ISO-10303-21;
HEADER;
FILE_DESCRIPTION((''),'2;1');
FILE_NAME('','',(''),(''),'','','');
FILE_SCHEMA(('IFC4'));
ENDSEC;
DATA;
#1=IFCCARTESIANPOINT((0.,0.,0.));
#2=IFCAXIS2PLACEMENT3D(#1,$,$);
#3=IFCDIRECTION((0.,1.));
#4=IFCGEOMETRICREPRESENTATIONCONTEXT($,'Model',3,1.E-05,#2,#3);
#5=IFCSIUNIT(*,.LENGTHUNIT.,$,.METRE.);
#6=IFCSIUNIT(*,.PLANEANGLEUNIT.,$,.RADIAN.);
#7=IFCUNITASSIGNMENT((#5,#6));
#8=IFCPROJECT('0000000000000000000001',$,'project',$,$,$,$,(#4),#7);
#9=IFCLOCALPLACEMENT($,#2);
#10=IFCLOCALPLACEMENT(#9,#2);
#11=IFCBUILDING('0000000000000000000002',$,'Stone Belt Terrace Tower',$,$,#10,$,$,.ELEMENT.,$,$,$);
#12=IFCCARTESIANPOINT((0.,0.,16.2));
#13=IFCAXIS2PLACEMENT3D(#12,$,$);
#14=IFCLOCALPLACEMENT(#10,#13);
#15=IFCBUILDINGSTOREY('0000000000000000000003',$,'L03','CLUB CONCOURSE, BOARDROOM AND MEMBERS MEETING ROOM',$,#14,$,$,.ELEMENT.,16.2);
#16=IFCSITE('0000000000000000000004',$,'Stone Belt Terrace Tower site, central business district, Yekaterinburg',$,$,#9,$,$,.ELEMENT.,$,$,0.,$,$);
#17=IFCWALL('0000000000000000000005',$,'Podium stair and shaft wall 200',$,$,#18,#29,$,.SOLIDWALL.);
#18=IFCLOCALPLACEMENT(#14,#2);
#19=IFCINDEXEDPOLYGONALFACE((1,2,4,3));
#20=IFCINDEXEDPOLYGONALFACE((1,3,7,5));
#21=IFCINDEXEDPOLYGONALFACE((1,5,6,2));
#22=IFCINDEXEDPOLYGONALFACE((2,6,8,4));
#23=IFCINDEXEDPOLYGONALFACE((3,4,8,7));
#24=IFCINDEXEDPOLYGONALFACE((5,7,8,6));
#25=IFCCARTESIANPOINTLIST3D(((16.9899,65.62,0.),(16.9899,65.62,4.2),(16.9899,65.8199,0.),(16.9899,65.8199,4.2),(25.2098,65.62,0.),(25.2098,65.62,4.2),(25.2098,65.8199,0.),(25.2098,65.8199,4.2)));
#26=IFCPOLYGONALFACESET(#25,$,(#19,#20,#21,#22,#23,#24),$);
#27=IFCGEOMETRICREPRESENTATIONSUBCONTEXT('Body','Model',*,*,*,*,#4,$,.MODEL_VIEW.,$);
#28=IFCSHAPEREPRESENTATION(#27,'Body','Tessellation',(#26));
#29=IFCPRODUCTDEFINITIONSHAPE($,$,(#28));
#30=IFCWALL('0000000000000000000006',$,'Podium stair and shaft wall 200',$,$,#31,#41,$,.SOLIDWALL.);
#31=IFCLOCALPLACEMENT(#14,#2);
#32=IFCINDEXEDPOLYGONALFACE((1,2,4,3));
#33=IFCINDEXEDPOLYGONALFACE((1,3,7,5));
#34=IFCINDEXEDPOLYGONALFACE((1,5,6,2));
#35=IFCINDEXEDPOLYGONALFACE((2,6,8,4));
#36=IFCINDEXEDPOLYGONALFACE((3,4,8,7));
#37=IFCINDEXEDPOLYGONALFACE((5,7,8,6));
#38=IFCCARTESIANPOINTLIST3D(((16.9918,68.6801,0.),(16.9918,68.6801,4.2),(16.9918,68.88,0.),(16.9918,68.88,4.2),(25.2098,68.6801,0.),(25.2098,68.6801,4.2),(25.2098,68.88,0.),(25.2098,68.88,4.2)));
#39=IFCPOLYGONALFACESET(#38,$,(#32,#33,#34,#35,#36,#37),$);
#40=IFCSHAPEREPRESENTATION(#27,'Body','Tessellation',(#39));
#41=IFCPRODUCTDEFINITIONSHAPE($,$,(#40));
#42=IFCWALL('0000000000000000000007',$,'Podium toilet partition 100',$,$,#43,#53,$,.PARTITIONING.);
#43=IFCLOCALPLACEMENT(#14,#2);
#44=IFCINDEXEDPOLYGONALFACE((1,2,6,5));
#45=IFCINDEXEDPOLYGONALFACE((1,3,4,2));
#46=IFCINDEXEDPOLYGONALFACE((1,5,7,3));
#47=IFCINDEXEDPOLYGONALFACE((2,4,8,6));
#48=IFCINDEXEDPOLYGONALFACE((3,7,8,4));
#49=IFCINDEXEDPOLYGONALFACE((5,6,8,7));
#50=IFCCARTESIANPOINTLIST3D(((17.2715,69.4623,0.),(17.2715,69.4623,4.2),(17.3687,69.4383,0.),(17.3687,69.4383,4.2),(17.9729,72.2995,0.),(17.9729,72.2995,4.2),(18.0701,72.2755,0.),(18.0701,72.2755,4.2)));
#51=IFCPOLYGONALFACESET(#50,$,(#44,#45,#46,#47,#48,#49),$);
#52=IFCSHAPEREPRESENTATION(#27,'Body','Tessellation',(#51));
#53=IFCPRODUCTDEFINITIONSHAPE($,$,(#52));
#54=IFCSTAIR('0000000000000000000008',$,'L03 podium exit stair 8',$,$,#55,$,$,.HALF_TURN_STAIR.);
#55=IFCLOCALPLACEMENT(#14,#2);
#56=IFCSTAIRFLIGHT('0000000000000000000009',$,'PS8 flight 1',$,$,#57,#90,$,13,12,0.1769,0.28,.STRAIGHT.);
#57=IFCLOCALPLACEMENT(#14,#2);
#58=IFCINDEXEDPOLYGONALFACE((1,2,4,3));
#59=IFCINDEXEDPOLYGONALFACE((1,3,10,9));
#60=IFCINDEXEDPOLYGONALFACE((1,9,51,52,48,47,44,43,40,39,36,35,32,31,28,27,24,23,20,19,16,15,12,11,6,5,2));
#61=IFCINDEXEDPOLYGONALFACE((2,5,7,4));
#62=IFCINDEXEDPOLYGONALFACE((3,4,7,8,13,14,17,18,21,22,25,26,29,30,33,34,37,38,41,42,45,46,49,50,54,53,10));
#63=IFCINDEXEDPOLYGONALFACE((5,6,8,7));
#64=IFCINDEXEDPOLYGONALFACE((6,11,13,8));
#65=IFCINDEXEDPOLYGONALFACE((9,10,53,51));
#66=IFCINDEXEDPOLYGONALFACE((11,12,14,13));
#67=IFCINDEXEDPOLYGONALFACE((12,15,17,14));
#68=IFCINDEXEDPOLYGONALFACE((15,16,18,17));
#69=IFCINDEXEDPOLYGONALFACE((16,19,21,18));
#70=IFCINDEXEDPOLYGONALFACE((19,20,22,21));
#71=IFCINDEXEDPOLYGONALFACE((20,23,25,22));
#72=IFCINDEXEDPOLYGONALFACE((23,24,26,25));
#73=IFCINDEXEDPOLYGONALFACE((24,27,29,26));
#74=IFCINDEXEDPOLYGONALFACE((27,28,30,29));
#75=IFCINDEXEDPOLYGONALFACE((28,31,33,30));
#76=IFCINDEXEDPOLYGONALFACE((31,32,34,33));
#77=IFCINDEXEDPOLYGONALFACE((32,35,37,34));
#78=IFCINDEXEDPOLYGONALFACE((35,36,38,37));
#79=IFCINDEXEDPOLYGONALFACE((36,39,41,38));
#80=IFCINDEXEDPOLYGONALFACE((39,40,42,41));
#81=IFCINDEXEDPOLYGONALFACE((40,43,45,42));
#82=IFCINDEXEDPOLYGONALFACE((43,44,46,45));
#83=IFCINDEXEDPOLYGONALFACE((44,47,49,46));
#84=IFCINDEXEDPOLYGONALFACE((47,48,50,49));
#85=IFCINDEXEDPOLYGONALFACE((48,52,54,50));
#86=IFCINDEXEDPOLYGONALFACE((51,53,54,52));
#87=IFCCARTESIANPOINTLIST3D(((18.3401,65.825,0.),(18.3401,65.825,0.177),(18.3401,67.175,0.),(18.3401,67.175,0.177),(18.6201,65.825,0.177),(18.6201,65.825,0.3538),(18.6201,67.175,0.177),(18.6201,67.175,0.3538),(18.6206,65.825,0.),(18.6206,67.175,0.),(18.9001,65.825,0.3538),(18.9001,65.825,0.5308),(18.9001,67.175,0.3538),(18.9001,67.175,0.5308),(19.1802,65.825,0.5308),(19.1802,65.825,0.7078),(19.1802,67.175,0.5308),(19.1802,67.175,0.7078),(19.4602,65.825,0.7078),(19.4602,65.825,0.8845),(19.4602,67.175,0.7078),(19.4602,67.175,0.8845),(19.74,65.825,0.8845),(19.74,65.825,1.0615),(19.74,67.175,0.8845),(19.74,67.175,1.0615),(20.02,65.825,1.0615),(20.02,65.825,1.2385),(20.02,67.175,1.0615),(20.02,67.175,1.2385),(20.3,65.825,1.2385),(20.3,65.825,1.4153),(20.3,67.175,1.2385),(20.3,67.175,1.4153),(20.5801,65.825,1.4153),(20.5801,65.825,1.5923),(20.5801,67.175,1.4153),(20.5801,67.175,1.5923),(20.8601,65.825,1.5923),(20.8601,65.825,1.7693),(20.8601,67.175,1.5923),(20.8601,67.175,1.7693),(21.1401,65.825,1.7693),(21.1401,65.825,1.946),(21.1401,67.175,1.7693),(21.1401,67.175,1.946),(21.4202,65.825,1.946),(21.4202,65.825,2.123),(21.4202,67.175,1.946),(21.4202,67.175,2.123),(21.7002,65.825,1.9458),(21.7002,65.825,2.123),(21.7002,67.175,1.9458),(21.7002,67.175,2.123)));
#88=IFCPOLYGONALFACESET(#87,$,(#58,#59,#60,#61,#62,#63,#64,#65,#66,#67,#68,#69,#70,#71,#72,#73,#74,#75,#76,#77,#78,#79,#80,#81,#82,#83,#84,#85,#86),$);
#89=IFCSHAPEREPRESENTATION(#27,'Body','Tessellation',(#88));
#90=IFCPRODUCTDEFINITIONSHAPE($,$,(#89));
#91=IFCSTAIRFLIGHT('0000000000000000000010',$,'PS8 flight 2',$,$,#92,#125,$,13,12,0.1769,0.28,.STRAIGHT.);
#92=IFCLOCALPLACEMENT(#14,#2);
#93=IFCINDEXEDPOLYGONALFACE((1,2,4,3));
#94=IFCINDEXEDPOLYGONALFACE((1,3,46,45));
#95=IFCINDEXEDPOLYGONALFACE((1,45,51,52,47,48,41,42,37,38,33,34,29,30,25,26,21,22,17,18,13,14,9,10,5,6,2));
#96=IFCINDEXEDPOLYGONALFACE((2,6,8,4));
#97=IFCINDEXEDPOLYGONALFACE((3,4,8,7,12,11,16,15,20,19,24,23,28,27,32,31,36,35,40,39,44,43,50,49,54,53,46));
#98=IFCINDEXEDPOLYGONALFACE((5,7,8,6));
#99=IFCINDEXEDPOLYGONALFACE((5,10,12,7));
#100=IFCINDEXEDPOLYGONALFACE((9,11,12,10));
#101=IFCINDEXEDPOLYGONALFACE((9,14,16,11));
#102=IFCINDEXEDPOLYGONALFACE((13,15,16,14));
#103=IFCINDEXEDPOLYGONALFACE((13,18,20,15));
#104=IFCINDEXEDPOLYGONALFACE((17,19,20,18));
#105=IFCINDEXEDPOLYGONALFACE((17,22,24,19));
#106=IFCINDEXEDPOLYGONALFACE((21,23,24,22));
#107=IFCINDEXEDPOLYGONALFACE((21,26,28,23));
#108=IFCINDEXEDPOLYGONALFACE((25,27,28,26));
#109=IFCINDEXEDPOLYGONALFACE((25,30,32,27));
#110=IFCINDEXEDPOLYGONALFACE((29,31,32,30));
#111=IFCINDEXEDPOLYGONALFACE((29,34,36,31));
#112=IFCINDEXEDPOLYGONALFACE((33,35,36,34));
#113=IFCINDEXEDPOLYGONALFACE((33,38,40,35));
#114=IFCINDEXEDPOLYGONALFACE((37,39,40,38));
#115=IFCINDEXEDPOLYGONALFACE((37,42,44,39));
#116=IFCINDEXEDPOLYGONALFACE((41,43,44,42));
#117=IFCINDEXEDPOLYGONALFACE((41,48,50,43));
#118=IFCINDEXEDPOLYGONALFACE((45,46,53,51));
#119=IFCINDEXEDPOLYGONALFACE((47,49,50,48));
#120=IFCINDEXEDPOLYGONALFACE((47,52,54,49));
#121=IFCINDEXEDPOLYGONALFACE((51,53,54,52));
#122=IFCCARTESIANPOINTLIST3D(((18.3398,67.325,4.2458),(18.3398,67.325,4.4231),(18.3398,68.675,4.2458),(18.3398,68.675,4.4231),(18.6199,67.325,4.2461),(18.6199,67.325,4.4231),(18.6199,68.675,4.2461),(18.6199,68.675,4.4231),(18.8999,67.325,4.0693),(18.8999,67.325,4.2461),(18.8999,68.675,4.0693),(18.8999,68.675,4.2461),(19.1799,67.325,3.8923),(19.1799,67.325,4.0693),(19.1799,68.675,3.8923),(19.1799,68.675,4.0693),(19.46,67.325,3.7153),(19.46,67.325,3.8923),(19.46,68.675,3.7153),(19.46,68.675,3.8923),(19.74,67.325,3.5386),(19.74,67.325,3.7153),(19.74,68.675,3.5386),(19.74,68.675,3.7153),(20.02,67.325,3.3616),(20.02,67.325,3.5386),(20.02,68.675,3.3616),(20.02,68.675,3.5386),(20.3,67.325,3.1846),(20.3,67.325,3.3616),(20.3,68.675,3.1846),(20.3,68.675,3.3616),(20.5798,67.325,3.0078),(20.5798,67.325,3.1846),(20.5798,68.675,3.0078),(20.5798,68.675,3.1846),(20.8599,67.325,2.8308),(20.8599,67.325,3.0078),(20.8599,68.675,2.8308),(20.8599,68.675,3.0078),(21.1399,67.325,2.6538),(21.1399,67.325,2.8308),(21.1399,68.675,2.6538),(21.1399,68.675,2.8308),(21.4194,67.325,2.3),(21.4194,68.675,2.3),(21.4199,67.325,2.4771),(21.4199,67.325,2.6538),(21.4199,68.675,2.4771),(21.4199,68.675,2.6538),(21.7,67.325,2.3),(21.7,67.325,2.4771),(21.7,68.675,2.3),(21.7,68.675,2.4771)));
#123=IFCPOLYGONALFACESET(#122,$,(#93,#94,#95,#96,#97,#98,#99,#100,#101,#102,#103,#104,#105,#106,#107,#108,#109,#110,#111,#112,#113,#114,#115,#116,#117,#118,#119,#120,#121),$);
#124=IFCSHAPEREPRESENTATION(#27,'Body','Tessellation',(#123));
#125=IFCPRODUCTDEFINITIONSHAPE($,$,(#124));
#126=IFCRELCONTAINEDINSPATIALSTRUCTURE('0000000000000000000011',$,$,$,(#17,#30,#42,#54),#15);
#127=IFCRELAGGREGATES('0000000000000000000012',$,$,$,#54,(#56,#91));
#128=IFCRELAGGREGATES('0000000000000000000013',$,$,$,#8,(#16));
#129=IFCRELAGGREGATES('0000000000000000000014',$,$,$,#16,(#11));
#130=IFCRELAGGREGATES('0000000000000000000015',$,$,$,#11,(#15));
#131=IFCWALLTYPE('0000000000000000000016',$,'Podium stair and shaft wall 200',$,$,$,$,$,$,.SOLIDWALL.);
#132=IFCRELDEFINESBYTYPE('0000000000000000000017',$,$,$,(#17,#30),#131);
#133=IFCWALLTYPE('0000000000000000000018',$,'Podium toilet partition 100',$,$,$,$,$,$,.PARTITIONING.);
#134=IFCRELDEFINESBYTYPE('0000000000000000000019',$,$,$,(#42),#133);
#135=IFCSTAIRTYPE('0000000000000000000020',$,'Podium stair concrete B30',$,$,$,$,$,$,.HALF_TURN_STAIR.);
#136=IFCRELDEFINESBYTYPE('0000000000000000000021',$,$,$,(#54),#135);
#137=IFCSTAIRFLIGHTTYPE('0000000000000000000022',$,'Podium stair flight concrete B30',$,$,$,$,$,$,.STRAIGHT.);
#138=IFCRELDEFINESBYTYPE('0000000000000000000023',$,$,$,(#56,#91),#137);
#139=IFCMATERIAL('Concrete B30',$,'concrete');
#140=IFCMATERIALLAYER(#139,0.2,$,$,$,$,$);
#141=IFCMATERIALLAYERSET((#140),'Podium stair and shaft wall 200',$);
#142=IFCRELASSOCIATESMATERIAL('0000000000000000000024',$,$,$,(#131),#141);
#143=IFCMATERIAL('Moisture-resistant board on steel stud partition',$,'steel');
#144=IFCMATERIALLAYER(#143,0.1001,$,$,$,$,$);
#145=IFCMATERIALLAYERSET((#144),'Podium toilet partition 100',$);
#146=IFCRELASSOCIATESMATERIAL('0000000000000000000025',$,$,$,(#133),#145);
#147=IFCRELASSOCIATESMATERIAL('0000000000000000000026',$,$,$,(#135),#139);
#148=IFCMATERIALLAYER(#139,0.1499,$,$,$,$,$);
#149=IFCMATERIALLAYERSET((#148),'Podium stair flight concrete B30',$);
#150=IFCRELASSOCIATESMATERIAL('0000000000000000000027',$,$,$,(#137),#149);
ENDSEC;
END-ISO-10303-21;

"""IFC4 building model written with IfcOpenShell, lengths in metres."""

from ifc_helpers import new_model, si_unit, direction, frame, frame_2d, origin, place, context, subcontext, project, spatial, polyline, rectangle, outline, extrude, material, layer, layer_set, type_object, element, aggregate, save


model = new_model("IFC4")

# Units and contexts
model_context = context("Model", 3, precision=1e-05, world=origin(), true_north=direction((0.0, 1.0)))
body_context = subcontext(model_context, "Body", "Model", "MODEL_VIEW")
ifc_project = project(units=[si_unit("LENGTHUNIT", "METRE"), si_unit("PLANEANGLEUNIT", "RADIAN")], contexts=[model_context])

# Site, building, storey
site_placement = place(None, origin())
site = spatial("IfcSite", under=ifc_project, at=site_placement, Name="Stone Belt Terrace Tower site, central business district, Yekaterinburg", CompositionType="ELEMENT", RefElevation=0.0)
building_placement = place(site_placement, origin())
building = spatial("IfcBuilding", under=site, at=building_placement, Name="Stone Belt Terrace Tower", CompositionType="ELEMENT")
storey_placement = place(building_placement, frame((0.0, 0.0, 16.2)))
storey = spatial("IfcBuildingStorey", under=building, at=storey_placement, Name="L03", Description="CLUB CONCOURSE, BOARDROOM AND MEMBERS MEETING ROOM", CompositionType="ELEMENT", Elevation=16.2)

# Shared definitions
ifc_material_1 = material(Name="Concrete B30", Category="concrete")
ifc_layer_1 = layer(ifc_material_1, 0.2)
ifc_layer_set_1 = layer_set([ifc_layer_1], Name="Podium stair and shaft wall 200")
wall_type_1 = type_object("IfcWallType", Name="Podium stair and shaft wall 200", PredefinedType="SOLIDWALL", material=ifc_layer_set_1)

# Walls
wall_1_placement = place(storey_placement, frame((16.99, 65.72, 0.0), z_axis=(0.0, 0.0, 1.0), x_axis=(1.0, 0.0, 0.0)))
element("IfcWall", 1, at=wall_1_placement, inside=storey, type_object=wall_type_1, Name="Podium stair and shaft wall 200", PredefinedType="SOLIDWALL", context=body_context, shape_type="SweptSolid", body=[
    extrude(rectangle(XDim=8.22, YDim=0.2, at=frame_2d((4.1099, 0.0))), origin(), (0.0, 0.0, 1.0), 4.2),
])
wall_2_placement = place(storey_placement, frame((16.9919, 68.78, 0.0), z_axis=(0.0, 0.0, 1.0), x_axis=(1.0, 0.0, 0.0)))
element("IfcWall", 2, at=wall_2_placement, inside=storey, type_object=wall_type_1, Name="Podium stair and shaft wall 200", PredefinedType="SOLIDWALL", context=body_context, shape_type="SweptSolid", body=[
    extrude(rectangle(XDim=8.218, YDim=0.2, at=frame_2d((4.1089, 0.0))), origin(), (0.0, 0.0, 1.0), 4.2),
])
ifc_material_2 = material(Name="Moisture-resistant board on steel stud partition", Category="steel")
ifc_layer_2 = layer(ifc_material_2, 0.1001)
ifc_layer_set_2 = layer_set([ifc_layer_2], Name="Podium toilet partition 100")
wall_type_2 = type_object("IfcWallType", Name="Podium toilet partition 100", PredefinedType="PARTITIONING", material=ifc_layer_set_2)
wall_3_placement = place(storey_placement, frame((17.3201, 69.4502, 0.0), z_axis=(0.0, 0.0, 1.0), x_axis=(0.239999, 0.970773, 0.0)))
element("IfcWall", 3, at=wall_3_placement, inside=storey, type_object=wall_type_2, Name="Podium toilet partition 100", PredefinedType="PARTITIONING", context=body_context, shape_type="SweptSolid", body=[
    extrude(rectangle(XDim=2.9226, YDim=0.1001, at=frame_2d((1.4614, 0.0))), origin(), (0.0, 0.0, 1.0), 4.2),
])

# Stair, stair flights
stair_type = type_object("IfcStairType", Name="Podium stair concrete B30", PredefinedType="HALF_TURN_STAIR", material=ifc_material_1)
stair_placement = place(storey_placement, origin())
stair = element("IfcStair", 4, at=stair_placement, inside=storey, type_object=stair_type, Name="L03 podium exit stair 8", PredefinedType="HALF_TURN_STAIR")
ifc_layer_3 = layer(ifc_material_1, 0.1499)
ifc_layer_set_3 = layer_set([ifc_layer_3], Name="Podium stair flight concrete B30")
stair_flight_type = type_object("IfcStairFlightType", Name="Podium stair flight concrete B30", PredefinedType="STRAIGHT", material=ifc_layer_set_3)
stair_flight_1_placement = place(storey_placement, frame((18.3401, 66.5, 0.0), z_axis=(0.0, 0.0, 1.0), x_axis=(1.0, 0.0, 0.0)))
stair_flight_1 = element("IfcStairFlight", 5, at=stair_flight_1_placement, type_object=stair_flight_type, Name="PS8 flight 1", NumberOfRisers=13, NumberOfTreads=12, PredefinedType="STRAIGHT", RiserHeight=0.1769, TreadLength=0.28, context=body_context, shape_type="SweptSolid", body=[
    extrude(outline(polyline([(0.0, 0.0), (0.0, 0.177), (0.28, 0.177), (0.28, 0.3538), (0.5601, 0.3538), (0.5601, 0.5308), (0.8401, 0.5308), (0.8401, 0.7078), (1.1201, 0.7078), (1.1201, 0.8845), (1.3999, 0.8845), (1.3999, 1.0615), (1.6799, 1.0615), (1.6799, 1.2385), (1.96, 1.2385), (1.96, 1.4153), (2.24, 1.4153), (2.24, 1.5923), (2.52, 1.5923), (2.52, 1.7693), (2.8, 1.7693), (2.8, 1.946), (3.0801, 1.946), (3.0801, 2.123), (3.3601, 2.123), (3.3601, 2.3), (3.3601, 1.9458), (0.2805, 0.0), (0.0, 0.0)])), frame((0.0, 0.675, 0.0), z_axis=(0.0, -1.0, 0.0), x_axis=(1.0, 0.0, 0.0)), (0.0, 0.0, 1.0), 1.3501),
])
stair_flight_2_placement = place(storey_placement, frame((21.7, 68.0, 2.3), z_axis=(0.0, 0.0, 1.0), x_axis=(-1.0, 0.0, 0.0)))
stair_flight_2 = element("IfcStairFlight", 6, at=stair_flight_2_placement, type_object=stair_flight_type, Name="PS8 flight 2", NumberOfRisers=13, NumberOfTreads=12, PredefinedType="STRAIGHT", RiserHeight=0.1769, TreadLength=0.28, context=body_context, shape_type="SweptSolid", body=[
    extrude(outline(polyline([(0.0, 0.0), (0.0, 0.177), (0.28, 0.177), (0.28, 0.3538), (0.5601, 0.3538), (0.5601, 0.5308), (0.8401, 0.5308), (0.8401, 0.7078), (1.1201, 0.7078), (1.1201, 0.8845), (1.3999, 0.8845), (1.3999, 1.0615), (1.6799, 1.0615), (1.6799, 1.2385), (1.96, 1.2385), (1.96, 1.4153), (2.24, 1.4153), (2.24, 1.5923), (2.52, 1.5923), (2.52, 1.7693), (2.8, 1.7693), (2.8, 1.946), (3.0801, 1.946), (3.0801, 2.123), (3.3601, 2.123), (3.3601, 2.3), (3.3601, 1.9458), (0.2805, 0.0), (0.0, 0.0)])), frame((0.0, 0.675, 0.0), z_axis=(0.0, -1.0, 0.0), x_axis=(1.0, 0.0, 0.0)), (0.0, 0.0, 1.0), 1.3501),
])
aggregate(stair, [stair_flight_1, stair_flight_2])

save(model, "model.ifc")
